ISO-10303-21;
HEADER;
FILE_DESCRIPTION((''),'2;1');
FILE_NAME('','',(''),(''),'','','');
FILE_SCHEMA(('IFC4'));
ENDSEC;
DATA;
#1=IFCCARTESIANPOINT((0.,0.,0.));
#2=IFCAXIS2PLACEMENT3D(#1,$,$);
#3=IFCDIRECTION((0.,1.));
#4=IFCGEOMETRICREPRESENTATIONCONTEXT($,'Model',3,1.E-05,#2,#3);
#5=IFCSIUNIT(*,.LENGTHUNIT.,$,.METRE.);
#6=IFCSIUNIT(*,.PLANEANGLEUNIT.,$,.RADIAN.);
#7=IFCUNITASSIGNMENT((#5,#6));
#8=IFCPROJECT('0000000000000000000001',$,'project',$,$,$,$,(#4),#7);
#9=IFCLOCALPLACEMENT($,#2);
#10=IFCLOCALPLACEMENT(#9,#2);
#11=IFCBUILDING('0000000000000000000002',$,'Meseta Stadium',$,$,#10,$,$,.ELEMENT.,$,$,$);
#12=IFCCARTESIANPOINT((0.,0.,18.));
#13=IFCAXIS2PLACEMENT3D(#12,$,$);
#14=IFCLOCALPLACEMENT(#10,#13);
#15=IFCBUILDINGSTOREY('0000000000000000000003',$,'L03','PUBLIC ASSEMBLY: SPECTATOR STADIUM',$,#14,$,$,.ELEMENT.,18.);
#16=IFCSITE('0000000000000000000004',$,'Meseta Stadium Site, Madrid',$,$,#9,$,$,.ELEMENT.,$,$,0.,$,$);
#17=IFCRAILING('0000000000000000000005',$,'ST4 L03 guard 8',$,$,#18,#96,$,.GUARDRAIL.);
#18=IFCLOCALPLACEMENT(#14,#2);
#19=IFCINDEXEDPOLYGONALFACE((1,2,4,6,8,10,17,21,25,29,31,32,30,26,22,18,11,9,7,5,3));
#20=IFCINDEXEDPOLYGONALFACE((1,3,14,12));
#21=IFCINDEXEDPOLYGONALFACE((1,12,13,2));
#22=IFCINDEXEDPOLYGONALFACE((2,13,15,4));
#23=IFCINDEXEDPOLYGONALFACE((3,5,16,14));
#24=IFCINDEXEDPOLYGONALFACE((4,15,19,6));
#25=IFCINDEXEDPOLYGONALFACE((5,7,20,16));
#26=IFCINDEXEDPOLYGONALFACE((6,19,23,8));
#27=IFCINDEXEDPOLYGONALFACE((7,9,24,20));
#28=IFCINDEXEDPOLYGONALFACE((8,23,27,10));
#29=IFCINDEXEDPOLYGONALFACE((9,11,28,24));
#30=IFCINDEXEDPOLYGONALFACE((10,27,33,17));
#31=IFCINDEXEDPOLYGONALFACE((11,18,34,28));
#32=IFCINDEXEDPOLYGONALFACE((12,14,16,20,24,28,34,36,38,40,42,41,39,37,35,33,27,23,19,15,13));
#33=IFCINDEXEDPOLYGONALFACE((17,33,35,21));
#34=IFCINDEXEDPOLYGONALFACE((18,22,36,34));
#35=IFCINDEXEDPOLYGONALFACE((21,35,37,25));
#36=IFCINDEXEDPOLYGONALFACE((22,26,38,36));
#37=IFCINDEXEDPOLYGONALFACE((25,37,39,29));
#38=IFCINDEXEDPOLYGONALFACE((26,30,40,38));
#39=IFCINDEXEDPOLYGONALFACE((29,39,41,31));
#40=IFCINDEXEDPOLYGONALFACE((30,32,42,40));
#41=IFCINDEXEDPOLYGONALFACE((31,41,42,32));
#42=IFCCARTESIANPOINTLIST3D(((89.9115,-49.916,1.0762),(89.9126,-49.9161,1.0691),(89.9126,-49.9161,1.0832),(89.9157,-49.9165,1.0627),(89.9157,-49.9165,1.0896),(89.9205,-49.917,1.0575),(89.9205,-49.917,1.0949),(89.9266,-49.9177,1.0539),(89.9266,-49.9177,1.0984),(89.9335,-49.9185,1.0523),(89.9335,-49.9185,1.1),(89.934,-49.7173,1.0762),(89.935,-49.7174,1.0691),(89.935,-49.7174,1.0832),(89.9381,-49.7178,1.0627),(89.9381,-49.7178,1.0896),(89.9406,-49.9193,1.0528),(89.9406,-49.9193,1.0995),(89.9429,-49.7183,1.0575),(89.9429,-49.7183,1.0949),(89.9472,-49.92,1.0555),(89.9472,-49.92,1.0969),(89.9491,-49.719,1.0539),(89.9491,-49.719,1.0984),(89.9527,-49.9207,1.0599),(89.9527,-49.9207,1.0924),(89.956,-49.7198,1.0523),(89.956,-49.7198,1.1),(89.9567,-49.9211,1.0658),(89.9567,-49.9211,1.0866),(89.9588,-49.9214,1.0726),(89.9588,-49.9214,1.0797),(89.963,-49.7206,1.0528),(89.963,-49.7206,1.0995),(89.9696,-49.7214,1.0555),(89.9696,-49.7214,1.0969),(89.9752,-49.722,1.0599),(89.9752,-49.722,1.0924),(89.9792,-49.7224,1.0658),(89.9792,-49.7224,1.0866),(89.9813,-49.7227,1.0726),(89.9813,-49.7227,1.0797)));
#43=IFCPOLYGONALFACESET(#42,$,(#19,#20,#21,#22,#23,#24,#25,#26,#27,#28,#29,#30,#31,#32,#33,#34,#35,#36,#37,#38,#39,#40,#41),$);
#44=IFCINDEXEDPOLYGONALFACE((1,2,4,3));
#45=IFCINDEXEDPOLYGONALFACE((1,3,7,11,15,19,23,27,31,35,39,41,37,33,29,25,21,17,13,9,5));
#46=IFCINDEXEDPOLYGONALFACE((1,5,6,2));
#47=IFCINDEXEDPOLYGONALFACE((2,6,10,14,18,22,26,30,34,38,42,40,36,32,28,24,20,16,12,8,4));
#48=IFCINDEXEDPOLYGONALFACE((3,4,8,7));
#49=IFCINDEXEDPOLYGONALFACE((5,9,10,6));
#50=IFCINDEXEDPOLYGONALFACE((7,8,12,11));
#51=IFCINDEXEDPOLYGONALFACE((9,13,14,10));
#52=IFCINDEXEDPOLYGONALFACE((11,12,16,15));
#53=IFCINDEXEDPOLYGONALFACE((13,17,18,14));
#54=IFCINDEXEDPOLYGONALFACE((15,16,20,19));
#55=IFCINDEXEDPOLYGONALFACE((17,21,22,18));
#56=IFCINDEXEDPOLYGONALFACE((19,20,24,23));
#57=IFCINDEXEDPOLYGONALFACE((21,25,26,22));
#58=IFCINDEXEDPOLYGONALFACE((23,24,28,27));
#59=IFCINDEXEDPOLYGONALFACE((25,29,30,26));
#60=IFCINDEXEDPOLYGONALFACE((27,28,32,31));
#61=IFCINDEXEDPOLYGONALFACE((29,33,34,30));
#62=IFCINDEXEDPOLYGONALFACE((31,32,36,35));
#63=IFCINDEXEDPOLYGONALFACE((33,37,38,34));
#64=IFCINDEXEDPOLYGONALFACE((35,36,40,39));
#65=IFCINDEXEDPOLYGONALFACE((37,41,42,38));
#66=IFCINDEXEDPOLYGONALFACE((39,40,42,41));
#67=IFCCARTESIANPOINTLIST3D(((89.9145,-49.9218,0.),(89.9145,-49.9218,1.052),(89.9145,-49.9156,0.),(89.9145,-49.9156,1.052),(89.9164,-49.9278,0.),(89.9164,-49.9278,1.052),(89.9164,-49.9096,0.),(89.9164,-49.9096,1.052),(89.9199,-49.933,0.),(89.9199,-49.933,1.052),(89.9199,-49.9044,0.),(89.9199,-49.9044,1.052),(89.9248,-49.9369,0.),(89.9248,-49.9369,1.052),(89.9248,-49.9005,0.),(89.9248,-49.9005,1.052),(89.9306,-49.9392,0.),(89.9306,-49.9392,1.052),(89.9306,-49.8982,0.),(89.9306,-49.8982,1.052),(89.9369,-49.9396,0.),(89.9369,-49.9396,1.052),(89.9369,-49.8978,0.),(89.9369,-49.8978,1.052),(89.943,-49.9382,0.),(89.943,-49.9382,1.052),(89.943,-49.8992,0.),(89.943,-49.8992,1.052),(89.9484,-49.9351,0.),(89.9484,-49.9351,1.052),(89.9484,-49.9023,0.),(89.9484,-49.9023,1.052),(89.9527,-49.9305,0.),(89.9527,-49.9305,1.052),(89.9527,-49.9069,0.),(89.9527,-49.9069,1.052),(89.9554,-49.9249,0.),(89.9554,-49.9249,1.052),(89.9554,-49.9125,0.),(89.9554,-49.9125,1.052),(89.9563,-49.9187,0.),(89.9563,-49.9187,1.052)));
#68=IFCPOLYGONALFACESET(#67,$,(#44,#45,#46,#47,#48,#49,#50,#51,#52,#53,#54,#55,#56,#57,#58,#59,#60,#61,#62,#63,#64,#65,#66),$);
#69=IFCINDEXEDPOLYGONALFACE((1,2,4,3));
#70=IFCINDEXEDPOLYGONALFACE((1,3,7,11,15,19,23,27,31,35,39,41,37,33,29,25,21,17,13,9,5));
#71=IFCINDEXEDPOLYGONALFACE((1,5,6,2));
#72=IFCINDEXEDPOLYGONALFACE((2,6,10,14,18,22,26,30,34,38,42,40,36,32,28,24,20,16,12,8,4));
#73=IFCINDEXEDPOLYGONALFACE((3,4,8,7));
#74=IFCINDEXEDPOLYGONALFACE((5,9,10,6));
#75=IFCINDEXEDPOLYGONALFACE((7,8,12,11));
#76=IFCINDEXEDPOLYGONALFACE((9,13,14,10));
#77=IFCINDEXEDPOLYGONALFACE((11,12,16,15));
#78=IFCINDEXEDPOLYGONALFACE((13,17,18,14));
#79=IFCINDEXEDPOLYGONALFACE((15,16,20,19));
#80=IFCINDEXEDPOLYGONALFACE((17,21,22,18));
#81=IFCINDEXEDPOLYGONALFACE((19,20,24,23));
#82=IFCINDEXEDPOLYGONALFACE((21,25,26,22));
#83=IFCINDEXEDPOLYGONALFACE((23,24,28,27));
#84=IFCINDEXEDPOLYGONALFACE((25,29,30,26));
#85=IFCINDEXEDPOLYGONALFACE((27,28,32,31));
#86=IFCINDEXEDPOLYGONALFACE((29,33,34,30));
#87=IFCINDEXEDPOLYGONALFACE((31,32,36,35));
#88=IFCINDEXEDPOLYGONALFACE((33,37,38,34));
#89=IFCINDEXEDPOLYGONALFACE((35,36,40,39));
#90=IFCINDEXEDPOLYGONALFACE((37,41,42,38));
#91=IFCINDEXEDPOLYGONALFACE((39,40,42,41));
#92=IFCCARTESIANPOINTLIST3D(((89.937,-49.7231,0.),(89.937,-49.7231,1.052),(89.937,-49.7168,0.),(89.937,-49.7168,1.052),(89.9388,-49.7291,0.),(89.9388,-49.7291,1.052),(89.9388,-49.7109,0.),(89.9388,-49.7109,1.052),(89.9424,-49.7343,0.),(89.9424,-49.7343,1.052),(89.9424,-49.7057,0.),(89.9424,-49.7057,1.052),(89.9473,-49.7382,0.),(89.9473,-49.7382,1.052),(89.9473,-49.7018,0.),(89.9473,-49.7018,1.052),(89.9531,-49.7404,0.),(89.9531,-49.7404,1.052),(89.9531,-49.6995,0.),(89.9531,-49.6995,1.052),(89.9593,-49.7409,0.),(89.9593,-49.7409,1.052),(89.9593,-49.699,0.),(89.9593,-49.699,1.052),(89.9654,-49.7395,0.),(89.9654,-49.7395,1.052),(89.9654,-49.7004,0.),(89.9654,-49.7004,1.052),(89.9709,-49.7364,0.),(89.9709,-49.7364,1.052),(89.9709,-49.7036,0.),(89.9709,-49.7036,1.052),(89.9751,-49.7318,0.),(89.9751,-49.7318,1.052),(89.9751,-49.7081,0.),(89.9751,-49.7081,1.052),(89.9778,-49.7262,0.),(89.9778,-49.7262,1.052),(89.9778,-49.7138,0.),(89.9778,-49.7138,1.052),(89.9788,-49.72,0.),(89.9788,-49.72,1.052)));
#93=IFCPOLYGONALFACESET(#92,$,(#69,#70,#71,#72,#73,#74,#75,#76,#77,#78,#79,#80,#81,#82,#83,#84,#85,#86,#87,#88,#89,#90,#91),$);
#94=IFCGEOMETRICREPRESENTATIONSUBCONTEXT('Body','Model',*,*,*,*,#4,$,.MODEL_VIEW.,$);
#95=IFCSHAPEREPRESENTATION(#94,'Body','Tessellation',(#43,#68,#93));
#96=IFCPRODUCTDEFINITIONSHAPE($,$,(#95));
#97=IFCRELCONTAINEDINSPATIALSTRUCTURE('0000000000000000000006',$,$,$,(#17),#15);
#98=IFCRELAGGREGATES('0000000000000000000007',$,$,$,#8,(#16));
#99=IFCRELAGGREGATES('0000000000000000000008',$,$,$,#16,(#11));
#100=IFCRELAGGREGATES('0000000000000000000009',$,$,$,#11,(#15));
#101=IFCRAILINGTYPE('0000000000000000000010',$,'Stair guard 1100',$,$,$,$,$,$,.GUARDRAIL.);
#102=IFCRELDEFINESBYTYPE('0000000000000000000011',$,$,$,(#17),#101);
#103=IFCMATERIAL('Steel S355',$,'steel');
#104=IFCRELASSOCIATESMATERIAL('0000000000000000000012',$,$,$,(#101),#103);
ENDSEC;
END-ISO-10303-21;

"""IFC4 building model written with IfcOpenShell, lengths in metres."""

from ifc_helpers import new_model, si_unit, direction, frame, origin, origin_2d, place, context, subcontext, project, spatial, circle, extrude, material, type_object, element, save


model = new_model("IFC4")

# Units and contexts
model_context = context("Model", 3, precision=1e-05, world=origin(), true_north=direction((0.0, 1.0)))
body_context = subcontext(model_context, "Body", "Model", "MODEL_VIEW")
ifc_project = project(units=[si_unit("LENGTHUNIT", "METRE"), si_unit("PLANEANGLEUNIT", "RADIAN")], contexts=[model_context])

# Site, building, storey
site_placement = place(None, origin())
site = spatial("IfcSite", under=ifc_project, at=site_placement, Name="Meseta Stadium Site, Madrid", CompositionType="ELEMENT", RefElevation=0.0)
building_placement = place(site_placement, origin())
building = spatial("IfcBuilding", under=site, at=building_placement, Name="Meseta Stadium", CompositionType="ELEMENT")
storey_placement = place(building_placement, frame((0.0, 0.0, 18.0)))
storey = spatial("IfcBuildingStorey", under=building, at=storey_placement, Name="L03", Description="PUBLIC ASSEMBLY: SPECTATOR STADIUM", CompositionType="ELEMENT", Elevation=18.0)

# Railing
ifc_material_1 = material(Name="Steel S355", Category="steel")
railing_type_1 = type_object("IfcRailingType", Name="Stair guard 1100", PredefinedType="GUARDRAIL", material=ifc_material_1)
railing_1_placement = place(storey_placement, frame((89.9353, -49.9187, 0.0)))
element("IfcRailing", 1, at=railing_1_placement, inside=storey, type_object=railing_type_1, Name="ST4 L03 guard 8", PredefinedType="GUARDRAIL", context=body_context, shape_type="SweptSolid", body=[
    extrude(circle(Radius=0.0239, at=origin_2d()), frame((0.0, 0.0, 1.0762), z_axis=(0.112307, 0.993674, 0.0), x_axis=(-0.993674, 0.112307, 0.0)), (0.0, 0.0, 1.0), 0.2),
    extrude(circle(Radius=0.021, at=origin_2d()), origin(), (0.0, 0.0, 1.0), 1.052),
    extrude(circle(Radius=0.021, at=origin_2d()), frame((0.0225, 0.1987, 0.0)), (0.0, 0.0, 1.0), 1.052),
])

save(model, "model.ifc")
